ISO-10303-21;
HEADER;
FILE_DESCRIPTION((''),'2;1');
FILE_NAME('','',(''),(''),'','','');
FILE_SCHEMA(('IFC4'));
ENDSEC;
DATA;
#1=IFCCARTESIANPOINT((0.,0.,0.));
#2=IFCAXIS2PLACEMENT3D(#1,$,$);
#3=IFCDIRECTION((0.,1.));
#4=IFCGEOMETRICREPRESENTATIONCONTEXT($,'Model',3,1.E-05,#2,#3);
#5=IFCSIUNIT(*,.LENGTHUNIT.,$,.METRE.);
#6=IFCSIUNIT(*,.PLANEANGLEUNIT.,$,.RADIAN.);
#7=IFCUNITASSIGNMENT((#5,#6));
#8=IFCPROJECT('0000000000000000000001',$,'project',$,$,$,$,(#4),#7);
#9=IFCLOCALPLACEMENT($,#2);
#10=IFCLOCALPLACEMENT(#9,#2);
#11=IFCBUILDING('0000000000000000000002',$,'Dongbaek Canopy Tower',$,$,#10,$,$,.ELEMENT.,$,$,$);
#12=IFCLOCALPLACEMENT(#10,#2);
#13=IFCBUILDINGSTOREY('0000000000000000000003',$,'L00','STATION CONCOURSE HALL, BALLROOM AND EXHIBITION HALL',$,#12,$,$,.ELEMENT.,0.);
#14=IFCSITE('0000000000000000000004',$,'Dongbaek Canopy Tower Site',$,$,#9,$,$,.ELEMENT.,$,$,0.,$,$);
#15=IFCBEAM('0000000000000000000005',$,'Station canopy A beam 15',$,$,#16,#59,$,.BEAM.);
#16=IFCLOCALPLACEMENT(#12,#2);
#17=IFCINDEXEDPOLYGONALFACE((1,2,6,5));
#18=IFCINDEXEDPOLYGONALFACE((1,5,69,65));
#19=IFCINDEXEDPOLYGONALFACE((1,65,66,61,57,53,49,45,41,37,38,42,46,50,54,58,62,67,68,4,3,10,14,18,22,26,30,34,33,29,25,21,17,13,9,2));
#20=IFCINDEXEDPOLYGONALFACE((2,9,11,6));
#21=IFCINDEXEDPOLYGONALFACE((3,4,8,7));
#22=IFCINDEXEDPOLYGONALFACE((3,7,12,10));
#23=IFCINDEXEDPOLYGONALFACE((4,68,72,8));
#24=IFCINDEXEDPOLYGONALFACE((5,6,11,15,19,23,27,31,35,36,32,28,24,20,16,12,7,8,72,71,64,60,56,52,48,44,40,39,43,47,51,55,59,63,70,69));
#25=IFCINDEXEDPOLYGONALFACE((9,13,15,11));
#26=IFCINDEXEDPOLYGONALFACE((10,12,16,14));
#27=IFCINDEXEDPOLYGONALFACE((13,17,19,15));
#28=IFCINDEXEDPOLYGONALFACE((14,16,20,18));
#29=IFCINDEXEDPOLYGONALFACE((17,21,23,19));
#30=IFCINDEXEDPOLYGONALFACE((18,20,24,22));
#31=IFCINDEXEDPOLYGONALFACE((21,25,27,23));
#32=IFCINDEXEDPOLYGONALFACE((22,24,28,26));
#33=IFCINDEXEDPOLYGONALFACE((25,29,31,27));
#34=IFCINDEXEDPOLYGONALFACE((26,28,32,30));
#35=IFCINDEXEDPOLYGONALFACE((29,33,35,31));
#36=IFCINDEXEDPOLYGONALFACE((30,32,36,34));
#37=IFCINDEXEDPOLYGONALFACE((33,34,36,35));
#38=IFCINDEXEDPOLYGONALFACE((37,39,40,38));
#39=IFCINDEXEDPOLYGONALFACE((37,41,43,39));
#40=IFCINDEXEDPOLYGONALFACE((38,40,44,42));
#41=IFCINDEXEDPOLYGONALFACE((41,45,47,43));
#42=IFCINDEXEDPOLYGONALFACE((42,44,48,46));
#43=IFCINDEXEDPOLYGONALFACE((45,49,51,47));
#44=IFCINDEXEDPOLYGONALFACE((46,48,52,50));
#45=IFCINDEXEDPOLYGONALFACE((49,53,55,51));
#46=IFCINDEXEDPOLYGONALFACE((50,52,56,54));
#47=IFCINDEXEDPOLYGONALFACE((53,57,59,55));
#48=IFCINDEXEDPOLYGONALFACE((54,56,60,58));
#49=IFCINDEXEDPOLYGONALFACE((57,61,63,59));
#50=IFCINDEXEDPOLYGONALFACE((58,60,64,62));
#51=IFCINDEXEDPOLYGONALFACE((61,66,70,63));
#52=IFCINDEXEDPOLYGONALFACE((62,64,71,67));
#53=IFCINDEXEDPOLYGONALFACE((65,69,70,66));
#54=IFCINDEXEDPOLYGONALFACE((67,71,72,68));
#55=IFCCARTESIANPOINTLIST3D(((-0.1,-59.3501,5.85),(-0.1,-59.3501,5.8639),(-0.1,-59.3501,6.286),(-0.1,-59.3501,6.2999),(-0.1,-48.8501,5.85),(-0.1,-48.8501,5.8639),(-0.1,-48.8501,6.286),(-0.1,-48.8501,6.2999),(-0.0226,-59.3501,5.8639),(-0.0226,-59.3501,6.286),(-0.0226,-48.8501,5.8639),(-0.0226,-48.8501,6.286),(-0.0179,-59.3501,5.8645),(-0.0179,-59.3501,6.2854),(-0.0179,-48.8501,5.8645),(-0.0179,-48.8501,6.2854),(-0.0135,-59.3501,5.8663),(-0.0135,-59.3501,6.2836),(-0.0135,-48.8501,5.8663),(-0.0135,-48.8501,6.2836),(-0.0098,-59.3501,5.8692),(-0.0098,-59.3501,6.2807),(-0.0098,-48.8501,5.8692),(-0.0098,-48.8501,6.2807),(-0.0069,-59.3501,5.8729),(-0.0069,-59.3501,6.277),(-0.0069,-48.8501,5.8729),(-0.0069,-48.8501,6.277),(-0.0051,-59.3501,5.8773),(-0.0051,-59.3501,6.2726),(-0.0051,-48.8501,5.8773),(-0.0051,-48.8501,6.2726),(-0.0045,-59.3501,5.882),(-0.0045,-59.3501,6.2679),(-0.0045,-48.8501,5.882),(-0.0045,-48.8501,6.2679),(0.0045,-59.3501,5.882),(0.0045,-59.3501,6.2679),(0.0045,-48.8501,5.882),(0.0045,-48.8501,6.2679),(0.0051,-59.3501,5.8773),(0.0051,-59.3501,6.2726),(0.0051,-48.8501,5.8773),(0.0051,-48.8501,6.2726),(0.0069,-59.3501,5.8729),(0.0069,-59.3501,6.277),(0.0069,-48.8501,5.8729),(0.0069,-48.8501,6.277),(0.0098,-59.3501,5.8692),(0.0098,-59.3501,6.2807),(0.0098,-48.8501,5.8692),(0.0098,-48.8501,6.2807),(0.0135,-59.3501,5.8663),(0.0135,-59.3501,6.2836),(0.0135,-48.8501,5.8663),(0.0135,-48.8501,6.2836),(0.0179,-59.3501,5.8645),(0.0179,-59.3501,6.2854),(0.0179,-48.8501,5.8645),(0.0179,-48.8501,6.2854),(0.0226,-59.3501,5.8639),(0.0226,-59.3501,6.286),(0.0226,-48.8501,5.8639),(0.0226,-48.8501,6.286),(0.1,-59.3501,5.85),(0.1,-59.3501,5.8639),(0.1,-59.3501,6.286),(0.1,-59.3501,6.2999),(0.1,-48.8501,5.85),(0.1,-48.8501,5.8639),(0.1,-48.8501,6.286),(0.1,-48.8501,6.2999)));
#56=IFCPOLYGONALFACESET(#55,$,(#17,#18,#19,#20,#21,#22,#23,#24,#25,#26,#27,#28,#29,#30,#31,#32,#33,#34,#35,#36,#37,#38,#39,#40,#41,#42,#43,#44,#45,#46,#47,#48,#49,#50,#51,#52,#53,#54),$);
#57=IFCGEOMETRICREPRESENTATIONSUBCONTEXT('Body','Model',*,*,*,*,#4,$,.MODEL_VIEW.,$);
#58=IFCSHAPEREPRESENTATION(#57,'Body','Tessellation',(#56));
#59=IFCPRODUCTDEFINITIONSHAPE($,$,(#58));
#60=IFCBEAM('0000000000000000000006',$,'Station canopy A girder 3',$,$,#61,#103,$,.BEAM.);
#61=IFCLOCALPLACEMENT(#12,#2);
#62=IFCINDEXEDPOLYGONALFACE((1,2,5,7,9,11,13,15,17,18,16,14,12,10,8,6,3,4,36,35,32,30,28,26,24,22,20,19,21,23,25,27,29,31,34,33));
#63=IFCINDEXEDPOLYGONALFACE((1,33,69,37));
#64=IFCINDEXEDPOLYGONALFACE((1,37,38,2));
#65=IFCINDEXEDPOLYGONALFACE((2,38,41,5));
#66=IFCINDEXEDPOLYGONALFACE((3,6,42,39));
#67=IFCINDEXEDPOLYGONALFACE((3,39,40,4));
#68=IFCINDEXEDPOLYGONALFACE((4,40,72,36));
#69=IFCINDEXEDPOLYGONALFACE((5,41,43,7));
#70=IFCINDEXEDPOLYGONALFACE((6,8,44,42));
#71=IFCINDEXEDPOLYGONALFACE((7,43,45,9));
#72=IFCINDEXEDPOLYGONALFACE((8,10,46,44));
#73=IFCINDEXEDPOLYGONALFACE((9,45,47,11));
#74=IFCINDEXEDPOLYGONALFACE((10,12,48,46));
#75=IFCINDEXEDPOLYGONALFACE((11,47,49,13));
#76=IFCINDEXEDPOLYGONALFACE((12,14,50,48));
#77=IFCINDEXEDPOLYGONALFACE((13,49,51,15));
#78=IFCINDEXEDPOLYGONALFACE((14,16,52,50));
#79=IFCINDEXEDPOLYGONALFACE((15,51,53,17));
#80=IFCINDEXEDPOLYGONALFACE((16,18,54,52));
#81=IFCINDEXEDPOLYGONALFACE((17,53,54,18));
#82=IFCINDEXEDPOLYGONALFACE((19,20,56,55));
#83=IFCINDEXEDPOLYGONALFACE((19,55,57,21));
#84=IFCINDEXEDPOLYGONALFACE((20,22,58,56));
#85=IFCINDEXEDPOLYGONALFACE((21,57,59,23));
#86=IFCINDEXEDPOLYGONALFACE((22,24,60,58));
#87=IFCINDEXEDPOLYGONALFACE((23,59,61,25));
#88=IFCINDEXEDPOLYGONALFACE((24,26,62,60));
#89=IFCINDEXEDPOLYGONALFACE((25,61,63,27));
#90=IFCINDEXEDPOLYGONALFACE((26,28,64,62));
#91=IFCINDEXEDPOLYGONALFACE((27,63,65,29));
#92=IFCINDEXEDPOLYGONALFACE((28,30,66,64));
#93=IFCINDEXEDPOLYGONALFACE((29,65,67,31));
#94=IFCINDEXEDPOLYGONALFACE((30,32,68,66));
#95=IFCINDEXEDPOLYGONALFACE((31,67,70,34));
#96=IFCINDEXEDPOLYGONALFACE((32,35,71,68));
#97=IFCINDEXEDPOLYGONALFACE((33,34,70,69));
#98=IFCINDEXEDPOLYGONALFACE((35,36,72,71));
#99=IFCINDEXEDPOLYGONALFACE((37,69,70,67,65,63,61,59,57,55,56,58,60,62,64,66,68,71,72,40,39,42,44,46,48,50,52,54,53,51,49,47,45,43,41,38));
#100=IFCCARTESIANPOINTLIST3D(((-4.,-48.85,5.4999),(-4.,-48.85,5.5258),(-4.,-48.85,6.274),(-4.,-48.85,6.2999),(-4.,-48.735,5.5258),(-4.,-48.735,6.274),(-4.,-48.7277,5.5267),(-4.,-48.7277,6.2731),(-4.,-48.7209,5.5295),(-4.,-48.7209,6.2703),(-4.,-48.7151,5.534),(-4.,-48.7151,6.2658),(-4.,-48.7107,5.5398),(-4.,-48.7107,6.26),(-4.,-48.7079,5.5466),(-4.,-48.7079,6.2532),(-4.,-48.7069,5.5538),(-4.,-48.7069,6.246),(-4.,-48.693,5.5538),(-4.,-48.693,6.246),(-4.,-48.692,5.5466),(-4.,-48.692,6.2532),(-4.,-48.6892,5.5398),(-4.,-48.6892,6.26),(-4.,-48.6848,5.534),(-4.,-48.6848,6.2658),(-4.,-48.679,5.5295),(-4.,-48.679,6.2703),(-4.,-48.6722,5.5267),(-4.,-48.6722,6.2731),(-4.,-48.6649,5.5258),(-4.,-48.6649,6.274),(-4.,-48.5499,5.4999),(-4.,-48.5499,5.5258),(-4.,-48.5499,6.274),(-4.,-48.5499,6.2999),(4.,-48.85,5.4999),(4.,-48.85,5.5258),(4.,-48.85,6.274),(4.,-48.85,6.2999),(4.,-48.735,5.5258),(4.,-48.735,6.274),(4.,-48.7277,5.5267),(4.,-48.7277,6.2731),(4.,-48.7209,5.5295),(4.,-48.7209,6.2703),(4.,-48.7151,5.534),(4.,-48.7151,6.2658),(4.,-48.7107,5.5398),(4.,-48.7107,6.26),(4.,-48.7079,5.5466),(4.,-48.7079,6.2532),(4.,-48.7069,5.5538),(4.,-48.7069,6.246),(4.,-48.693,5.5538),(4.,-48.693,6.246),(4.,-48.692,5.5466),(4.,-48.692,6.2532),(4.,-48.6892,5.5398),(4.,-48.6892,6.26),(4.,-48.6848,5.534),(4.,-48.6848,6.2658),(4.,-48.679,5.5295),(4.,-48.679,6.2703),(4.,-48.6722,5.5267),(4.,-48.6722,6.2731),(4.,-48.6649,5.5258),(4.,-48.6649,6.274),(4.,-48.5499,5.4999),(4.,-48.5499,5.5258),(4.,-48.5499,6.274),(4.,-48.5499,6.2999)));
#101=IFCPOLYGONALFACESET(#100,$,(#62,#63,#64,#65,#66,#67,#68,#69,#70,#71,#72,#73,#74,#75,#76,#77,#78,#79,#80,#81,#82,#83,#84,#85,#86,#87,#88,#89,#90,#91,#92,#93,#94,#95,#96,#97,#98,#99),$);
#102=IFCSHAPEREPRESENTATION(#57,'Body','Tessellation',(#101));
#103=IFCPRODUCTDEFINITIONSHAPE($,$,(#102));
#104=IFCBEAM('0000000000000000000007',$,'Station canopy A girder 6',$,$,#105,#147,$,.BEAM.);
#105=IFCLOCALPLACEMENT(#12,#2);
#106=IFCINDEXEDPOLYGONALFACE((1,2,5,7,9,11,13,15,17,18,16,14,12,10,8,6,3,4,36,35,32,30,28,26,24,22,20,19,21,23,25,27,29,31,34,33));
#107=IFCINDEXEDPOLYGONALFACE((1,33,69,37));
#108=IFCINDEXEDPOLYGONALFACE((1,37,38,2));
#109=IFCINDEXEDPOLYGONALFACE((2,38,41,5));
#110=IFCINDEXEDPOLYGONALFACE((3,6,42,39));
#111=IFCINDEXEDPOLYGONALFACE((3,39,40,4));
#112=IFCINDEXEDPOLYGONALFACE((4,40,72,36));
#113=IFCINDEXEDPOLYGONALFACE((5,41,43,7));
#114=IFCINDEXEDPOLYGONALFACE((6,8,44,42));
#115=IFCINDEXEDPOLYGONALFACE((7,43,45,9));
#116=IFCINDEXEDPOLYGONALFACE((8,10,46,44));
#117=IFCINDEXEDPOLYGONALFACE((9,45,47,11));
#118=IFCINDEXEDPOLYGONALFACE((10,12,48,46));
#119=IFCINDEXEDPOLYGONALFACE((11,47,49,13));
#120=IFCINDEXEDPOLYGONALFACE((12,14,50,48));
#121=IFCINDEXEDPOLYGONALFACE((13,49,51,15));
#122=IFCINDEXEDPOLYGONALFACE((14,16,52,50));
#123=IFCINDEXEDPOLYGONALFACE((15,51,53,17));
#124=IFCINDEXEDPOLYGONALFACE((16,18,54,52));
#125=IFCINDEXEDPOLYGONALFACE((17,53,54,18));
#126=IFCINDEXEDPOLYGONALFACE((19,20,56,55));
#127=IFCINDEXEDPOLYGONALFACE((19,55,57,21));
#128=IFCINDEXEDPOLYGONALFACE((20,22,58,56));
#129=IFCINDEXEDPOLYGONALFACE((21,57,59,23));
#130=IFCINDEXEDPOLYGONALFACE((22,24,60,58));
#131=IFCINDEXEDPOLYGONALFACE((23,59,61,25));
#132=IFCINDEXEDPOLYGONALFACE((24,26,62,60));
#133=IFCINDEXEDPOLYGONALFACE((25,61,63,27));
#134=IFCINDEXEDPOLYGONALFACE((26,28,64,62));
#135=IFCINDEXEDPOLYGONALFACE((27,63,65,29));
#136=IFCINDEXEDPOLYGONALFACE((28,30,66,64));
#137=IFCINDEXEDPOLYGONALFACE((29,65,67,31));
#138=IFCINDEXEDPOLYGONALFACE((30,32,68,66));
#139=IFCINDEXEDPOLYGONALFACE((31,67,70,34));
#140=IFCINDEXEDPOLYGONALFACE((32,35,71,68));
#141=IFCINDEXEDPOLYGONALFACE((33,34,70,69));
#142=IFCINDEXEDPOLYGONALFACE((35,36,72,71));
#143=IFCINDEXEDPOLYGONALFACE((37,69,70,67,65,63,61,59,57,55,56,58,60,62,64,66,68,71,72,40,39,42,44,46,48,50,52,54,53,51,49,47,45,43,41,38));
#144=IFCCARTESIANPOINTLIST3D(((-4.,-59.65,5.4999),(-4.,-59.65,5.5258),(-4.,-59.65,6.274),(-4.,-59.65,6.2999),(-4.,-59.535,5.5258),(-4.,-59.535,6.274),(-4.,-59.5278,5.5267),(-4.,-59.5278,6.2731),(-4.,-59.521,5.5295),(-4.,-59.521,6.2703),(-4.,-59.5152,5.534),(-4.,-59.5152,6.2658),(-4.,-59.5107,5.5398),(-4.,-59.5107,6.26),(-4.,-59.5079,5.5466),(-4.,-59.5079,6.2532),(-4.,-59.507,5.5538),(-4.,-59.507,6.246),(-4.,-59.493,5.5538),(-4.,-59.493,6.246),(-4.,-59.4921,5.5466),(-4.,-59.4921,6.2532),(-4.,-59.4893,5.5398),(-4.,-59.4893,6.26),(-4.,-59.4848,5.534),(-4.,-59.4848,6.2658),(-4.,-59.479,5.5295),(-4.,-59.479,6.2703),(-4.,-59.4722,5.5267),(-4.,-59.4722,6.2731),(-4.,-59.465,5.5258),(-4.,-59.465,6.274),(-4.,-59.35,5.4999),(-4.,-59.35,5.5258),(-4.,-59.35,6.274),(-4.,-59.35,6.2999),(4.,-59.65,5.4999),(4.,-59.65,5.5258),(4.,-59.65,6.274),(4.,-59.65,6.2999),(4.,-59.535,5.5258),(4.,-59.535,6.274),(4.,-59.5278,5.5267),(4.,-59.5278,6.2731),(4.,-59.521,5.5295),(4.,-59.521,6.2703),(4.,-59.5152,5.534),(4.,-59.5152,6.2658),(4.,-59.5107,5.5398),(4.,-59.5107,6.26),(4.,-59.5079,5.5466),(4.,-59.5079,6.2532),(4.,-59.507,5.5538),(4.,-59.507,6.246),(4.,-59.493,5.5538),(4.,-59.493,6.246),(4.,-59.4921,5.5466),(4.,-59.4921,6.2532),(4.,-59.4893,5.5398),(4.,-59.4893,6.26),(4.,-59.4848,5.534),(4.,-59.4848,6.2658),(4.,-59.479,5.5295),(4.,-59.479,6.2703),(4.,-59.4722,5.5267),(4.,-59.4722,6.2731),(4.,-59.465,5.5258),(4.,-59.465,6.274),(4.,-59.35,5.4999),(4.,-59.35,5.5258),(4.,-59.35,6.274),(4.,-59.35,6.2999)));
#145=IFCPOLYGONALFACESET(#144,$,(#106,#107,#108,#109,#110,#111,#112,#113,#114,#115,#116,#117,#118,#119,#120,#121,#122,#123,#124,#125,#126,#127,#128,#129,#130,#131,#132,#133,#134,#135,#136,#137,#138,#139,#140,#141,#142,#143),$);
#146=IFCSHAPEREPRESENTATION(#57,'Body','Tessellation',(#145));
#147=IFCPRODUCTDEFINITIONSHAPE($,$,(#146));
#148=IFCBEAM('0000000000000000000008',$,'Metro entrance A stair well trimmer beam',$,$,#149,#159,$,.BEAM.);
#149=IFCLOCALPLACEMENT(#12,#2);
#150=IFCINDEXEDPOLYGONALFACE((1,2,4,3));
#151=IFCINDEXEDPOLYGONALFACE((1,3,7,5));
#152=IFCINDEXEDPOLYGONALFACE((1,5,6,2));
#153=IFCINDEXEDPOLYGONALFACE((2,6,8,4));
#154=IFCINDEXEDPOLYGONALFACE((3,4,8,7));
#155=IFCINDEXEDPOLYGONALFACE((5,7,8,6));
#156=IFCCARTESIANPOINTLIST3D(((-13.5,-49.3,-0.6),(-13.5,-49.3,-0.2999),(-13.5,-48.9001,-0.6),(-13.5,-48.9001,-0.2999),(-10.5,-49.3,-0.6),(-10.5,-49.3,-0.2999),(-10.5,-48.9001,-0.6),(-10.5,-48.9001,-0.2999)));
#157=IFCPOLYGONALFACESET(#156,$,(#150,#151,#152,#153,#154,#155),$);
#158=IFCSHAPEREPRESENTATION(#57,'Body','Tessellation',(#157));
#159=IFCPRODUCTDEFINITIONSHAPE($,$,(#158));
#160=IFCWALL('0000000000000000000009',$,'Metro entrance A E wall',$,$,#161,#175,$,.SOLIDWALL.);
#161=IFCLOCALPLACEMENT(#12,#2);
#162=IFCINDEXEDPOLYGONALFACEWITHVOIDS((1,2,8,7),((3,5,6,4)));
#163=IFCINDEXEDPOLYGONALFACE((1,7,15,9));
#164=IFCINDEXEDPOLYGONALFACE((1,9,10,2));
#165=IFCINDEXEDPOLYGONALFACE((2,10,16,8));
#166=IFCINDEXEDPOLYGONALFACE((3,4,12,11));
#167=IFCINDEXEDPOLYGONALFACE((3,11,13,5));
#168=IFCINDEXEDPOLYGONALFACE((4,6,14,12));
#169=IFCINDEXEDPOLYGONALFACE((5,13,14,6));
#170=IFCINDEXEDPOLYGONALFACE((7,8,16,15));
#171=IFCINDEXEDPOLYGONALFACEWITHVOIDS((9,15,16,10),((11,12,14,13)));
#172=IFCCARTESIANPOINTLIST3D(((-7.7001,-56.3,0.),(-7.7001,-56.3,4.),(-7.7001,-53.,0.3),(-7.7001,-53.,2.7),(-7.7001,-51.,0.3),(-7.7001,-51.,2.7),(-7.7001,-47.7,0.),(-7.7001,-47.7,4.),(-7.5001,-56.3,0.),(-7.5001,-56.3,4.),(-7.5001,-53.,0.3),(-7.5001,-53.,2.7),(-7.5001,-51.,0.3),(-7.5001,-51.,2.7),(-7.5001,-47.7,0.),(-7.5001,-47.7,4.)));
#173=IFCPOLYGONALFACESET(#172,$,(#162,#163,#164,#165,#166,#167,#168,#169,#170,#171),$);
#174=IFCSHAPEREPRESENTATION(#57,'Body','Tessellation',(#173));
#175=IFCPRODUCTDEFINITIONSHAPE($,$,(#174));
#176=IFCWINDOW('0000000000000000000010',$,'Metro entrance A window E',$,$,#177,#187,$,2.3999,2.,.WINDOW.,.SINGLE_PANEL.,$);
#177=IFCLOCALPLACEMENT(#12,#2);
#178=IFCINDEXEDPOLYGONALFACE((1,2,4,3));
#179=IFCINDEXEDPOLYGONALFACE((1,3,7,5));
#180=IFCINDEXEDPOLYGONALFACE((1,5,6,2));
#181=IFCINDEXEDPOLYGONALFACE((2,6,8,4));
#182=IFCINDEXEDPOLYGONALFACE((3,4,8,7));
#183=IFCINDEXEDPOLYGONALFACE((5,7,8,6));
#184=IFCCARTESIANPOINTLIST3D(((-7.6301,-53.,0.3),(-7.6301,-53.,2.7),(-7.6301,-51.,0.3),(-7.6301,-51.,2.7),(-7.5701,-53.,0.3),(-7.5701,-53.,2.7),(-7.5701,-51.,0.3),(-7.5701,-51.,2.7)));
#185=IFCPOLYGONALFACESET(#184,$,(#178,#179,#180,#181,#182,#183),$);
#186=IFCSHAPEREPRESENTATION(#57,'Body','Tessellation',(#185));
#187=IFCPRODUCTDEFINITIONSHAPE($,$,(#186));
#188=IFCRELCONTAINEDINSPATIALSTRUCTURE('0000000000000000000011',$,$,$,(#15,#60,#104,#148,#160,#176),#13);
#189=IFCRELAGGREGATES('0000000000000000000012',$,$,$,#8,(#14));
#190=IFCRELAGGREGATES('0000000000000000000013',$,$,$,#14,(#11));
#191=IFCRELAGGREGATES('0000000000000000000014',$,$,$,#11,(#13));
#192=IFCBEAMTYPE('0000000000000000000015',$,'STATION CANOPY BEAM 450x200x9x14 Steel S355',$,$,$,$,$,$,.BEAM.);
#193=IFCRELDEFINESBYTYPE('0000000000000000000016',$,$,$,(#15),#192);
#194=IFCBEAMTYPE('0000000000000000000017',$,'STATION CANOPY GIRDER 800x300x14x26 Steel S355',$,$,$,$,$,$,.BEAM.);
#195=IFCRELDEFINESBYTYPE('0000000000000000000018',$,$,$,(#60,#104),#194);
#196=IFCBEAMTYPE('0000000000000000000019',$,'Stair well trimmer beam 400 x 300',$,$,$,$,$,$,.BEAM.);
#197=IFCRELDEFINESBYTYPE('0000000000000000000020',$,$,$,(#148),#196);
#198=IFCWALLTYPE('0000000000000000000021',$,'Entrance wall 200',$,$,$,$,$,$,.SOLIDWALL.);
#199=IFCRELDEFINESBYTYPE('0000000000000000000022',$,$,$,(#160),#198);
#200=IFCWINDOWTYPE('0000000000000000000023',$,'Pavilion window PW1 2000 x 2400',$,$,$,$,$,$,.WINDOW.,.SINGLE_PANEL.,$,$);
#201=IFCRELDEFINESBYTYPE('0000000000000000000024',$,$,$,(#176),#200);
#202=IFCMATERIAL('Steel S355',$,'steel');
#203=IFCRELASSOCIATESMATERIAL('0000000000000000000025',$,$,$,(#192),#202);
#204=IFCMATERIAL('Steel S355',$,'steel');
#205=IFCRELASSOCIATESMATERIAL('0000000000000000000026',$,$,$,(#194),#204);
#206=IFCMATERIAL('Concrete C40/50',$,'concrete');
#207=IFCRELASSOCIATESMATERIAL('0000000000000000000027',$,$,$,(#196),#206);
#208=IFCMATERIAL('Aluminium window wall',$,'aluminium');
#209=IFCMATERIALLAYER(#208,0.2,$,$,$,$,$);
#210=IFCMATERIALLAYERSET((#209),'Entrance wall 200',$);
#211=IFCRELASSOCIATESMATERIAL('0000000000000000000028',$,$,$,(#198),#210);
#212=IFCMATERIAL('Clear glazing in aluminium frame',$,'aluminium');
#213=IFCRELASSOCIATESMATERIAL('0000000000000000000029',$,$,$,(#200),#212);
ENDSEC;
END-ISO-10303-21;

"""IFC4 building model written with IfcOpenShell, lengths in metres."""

from ifc_helpers import new_model, si_unit, direction, frame, frame_2d, origin, origin_2d, place, context, subcontext, project, spatial, rectangle, i_section, extrude, material, layer, layer_set, material_profile, profile_set, type_object, element, fill, save


model = new_model("IFC4")

# Units and contexts
model_context = context("Model", 3, precision=1e-05, world=origin(), true_north=direction((0.0, 1.0)))
body_context = subcontext(model_context, "Body", "Model", "MODEL_VIEW")
ifc_project = project(units=[si_unit("LENGTHUNIT", "METRE"), si_unit("PLANEANGLEUNIT", "RADIAN")], contexts=[model_context])

# Site, building, storey
site_placement = place(None, origin())
site = spatial("IfcSite", under=ifc_project, at=site_placement, Name="Dongbaek Canopy Tower Site", CompositionType="ELEMENT", RefElevation=0.0)
building_placement = place(site_placement, origin())
building = spatial("IfcBuilding", under=site, at=building_placement, Name="Dongbaek Canopy Tower", CompositionType="ELEMENT")
storey_placement = place(building_placement, origin())
storey = spatial("IfcBuildingStorey", under=building, at=storey_placement, Name="L00", Description="STATION CONCOURSE HALL, BALLROOM AND EXHIBITION HALL", CompositionType="ELEMENT", Elevation=0.0)

# Beams
ifc_material_1 = material(Name="Steel S355", Category="steel")
ifc_material_profile_1 = material_profile(ifc_material_1, i_section(OverallWidth=0.2, OverallDepth=0.45, WebThickness=0.009, FlangeThickness=0.0139, FilletRadius=0.0181, at=origin_2d()), Name="STATION CANOPY BEAM 450x200x9x14 Steel S355")
ifc_profile_set_1 = profile_set([ifc_material_profile_1], Name="Steel S355")
beam_type_1 = type_object("IfcBeamType", Name="STATION CANOPY BEAM 450x200x9x14 Steel S355", PredefinedType="BEAM", material=ifc_profile_set_1)
for number, where, z_axis, x_axis, name in (
    (1, (0.0, -59.3501, 6.075), (0.0, 1.0, 0.0), (-1.0, 0.0, 0.0), "Station canopy A beam 15"),
):
    element("IfcBeam", number, at=place(storey_placement, frame(where, z_axis=z_axis, x_axis=x_axis)), inside=storey, type_object=beam_type_1, Name=name, PredefinedType="BEAM", context=body_context, shape_type="SweptSolid", body=[
        extrude(i_section(OverallWidth=0.2, OverallDepth=0.45, WebThickness=0.009, FlangeThickness=0.0139, FilletRadius=0.0181, at=origin_2d()), origin(), (0.0, 0.0, 1.0), 10.5),
    ])
ifc_material_2 = material(Name="Steel S355", Category="steel")
ifc_material_profile_2 = material_profile(ifc_material_2, i_section(OverallWidth=0.3, OverallDepth=0.8, WebThickness=0.0139, FlangeThickness=0.0259, FilletRadius=0.0281, at=origin_2d()), Name="STATION CANOPY GIRDER 800x300x14x26 Steel S355")
ifc_profile_set_2 = profile_set([ifc_material_profile_2], Name="Steel S355")
beam_type_2 = type_object("IfcBeamType", Name="STATION CANOPY GIRDER 800x300x14x26 Steel S355", PredefinedType="BEAM", material=ifc_profile_set_2)
for number, where, z_axis, x_axis, name in (
    (2, (-4.0, -48.7, 5.8999), (1.0, 0.0, 0.0), (0.0, 1.0, 0.0), "Station canopy A girder 3"),
    (3, (-4.0, -59.5, 5.8999), (1.0, 0.0, 0.0), (0.0, 1.0, 0.0), "Station canopy A girder 6"),
):
    element("IfcBeam", number, at=place(storey_placement, frame(where, z_axis=z_axis, x_axis=x_axis)), inside=storey, type_object=beam_type_2, Name=name, PredefinedType="BEAM", context=body_context, shape_type="SweptSolid", body=[
        extrude(i_section(OverallWidth=0.3, OverallDepth=0.8, WebThickness=0.0139, FlangeThickness=0.0259, FilletRadius=0.0281, at=origin_2d()), origin(), (0.0, 0.0, 1.0), 8.0),
    ])
ifc_material_3 = material(Name="Concrete C40/50", Category="concrete")
ifc_material_profile_3 = material_profile(ifc_material_3, rectangle(XDim=0.3999, YDim=0.3, at=origin_2d()), Name="Stair well trimmer beam 400 x 300")
ifc_profile_set_3 = profile_set([ifc_material_profile_3], Name="Concrete C40/50")
beam_type_3 = type_object("IfcBeamType", Name="Stair well trimmer beam 400 x 300", PredefinedType="BEAM", material=ifc_profile_set_3)
beam_placement = place(storey_placement, frame((-13.5, -49.1001, -0.45), z_axis=(1.0, 0.0, 0.0), x_axis=(0.0, 1.0, 0.0)))
element("IfcBeam", 4, at=beam_placement, inside=storey, type_object=beam_type_3, Name="Metro entrance A stair well trimmer beam", PredefinedType="BEAM", context=body_context, shape_type="SweptSolid", body=[
    extrude(rectangle(XDim=0.3999, YDim=0.3, at=origin_2d()), origin(), (0.0, 0.0, 1.0), 3.0),
])

# Shared definitions
ifc_material_4 = material(Name="Aluminium window wall", Category="aluminium")
ifc_layer_1 = layer(ifc_material_4, 0.2)
ifc_layer_set_1 = layer_set([ifc_layer_1], Name="Entrance wall 200")
wall_type_1 = type_object("IfcWallType", Name="Entrance wall 200", PredefinedType="SOLIDWALL", material=ifc_layer_set_1)

# Wall, opening, window
wall_1_placement = place(storey_placement, frame((-7.6001, -56.3, 0.0), z_axis=(0.0, 0.0, 1.0), x_axis=(0.0, 1.0, 0.0)))
wall_1 = element("IfcWall", 5, at=wall_1_placement, inside=storey, type_object=wall_type_1, Name="Metro entrance A E wall", PredefinedType="SOLIDWALL", context=body_context, shape_type="SweptSolid", body=[
    extrude(rectangle(XDim=8.6001, YDim=0.2, at=frame_2d((4.3, 0.0))), origin(), (0.0, 0.0, 1.0), 4.0),
])
opening_1_placement = place(wall_1_placement, frame((3.3, 0.0, 0.3)))
opening_1 = element("IfcOpeningElement", 6, at=opening_1_placement, cuts=wall_1, PredefinedType="OPENING", context=body_context, shape_type="SweptSolid", body=[
    extrude(rectangle(XDim=2.0, YDim=2.3999, at=frame_2d((1.0, 1.2))), frame((0.0, 0.1099, 0.0), z_axis=(0.0, -1.0, 0.0), x_axis=(1.0, 0.0, 0.0)), (0.0, 0.0, 1.0), 0.22),
])
ifc_material_5 = material(Name="Clear glazing in aluminium frame", Category="aluminium")
window_type = type_object("IfcWindowType", Name="Pavilion window PW1 2000 x 2400", PartitioningType="SINGLE_PANEL", PredefinedType="WINDOW", material=ifc_material_5)
window_placement = place(opening_1_placement, origin())
window = element("IfcWindow", 7, at=window_placement, inside=storey, type_object=window_type, Name="Metro entrance A window E", OverallHeight=2.3999, OverallWidth=2.0, PartitioningType="SINGLE_PANEL", PredefinedType="WINDOW", context=body_context, shape_type="SweptSolid", body=[
    extrude(rectangle(XDim=2.0, YDim=2.3999, at=frame_2d((1.0, 1.2))), frame((0.0, 0.03, 0.0), z_axis=(0.0, -1.0, 0.0), x_axis=(1.0, 0.0, 0.0)), (0.0, 0.0, 1.0), 0.0601),
])
fill(opening_1, window)

save(model, "model.ifc")
